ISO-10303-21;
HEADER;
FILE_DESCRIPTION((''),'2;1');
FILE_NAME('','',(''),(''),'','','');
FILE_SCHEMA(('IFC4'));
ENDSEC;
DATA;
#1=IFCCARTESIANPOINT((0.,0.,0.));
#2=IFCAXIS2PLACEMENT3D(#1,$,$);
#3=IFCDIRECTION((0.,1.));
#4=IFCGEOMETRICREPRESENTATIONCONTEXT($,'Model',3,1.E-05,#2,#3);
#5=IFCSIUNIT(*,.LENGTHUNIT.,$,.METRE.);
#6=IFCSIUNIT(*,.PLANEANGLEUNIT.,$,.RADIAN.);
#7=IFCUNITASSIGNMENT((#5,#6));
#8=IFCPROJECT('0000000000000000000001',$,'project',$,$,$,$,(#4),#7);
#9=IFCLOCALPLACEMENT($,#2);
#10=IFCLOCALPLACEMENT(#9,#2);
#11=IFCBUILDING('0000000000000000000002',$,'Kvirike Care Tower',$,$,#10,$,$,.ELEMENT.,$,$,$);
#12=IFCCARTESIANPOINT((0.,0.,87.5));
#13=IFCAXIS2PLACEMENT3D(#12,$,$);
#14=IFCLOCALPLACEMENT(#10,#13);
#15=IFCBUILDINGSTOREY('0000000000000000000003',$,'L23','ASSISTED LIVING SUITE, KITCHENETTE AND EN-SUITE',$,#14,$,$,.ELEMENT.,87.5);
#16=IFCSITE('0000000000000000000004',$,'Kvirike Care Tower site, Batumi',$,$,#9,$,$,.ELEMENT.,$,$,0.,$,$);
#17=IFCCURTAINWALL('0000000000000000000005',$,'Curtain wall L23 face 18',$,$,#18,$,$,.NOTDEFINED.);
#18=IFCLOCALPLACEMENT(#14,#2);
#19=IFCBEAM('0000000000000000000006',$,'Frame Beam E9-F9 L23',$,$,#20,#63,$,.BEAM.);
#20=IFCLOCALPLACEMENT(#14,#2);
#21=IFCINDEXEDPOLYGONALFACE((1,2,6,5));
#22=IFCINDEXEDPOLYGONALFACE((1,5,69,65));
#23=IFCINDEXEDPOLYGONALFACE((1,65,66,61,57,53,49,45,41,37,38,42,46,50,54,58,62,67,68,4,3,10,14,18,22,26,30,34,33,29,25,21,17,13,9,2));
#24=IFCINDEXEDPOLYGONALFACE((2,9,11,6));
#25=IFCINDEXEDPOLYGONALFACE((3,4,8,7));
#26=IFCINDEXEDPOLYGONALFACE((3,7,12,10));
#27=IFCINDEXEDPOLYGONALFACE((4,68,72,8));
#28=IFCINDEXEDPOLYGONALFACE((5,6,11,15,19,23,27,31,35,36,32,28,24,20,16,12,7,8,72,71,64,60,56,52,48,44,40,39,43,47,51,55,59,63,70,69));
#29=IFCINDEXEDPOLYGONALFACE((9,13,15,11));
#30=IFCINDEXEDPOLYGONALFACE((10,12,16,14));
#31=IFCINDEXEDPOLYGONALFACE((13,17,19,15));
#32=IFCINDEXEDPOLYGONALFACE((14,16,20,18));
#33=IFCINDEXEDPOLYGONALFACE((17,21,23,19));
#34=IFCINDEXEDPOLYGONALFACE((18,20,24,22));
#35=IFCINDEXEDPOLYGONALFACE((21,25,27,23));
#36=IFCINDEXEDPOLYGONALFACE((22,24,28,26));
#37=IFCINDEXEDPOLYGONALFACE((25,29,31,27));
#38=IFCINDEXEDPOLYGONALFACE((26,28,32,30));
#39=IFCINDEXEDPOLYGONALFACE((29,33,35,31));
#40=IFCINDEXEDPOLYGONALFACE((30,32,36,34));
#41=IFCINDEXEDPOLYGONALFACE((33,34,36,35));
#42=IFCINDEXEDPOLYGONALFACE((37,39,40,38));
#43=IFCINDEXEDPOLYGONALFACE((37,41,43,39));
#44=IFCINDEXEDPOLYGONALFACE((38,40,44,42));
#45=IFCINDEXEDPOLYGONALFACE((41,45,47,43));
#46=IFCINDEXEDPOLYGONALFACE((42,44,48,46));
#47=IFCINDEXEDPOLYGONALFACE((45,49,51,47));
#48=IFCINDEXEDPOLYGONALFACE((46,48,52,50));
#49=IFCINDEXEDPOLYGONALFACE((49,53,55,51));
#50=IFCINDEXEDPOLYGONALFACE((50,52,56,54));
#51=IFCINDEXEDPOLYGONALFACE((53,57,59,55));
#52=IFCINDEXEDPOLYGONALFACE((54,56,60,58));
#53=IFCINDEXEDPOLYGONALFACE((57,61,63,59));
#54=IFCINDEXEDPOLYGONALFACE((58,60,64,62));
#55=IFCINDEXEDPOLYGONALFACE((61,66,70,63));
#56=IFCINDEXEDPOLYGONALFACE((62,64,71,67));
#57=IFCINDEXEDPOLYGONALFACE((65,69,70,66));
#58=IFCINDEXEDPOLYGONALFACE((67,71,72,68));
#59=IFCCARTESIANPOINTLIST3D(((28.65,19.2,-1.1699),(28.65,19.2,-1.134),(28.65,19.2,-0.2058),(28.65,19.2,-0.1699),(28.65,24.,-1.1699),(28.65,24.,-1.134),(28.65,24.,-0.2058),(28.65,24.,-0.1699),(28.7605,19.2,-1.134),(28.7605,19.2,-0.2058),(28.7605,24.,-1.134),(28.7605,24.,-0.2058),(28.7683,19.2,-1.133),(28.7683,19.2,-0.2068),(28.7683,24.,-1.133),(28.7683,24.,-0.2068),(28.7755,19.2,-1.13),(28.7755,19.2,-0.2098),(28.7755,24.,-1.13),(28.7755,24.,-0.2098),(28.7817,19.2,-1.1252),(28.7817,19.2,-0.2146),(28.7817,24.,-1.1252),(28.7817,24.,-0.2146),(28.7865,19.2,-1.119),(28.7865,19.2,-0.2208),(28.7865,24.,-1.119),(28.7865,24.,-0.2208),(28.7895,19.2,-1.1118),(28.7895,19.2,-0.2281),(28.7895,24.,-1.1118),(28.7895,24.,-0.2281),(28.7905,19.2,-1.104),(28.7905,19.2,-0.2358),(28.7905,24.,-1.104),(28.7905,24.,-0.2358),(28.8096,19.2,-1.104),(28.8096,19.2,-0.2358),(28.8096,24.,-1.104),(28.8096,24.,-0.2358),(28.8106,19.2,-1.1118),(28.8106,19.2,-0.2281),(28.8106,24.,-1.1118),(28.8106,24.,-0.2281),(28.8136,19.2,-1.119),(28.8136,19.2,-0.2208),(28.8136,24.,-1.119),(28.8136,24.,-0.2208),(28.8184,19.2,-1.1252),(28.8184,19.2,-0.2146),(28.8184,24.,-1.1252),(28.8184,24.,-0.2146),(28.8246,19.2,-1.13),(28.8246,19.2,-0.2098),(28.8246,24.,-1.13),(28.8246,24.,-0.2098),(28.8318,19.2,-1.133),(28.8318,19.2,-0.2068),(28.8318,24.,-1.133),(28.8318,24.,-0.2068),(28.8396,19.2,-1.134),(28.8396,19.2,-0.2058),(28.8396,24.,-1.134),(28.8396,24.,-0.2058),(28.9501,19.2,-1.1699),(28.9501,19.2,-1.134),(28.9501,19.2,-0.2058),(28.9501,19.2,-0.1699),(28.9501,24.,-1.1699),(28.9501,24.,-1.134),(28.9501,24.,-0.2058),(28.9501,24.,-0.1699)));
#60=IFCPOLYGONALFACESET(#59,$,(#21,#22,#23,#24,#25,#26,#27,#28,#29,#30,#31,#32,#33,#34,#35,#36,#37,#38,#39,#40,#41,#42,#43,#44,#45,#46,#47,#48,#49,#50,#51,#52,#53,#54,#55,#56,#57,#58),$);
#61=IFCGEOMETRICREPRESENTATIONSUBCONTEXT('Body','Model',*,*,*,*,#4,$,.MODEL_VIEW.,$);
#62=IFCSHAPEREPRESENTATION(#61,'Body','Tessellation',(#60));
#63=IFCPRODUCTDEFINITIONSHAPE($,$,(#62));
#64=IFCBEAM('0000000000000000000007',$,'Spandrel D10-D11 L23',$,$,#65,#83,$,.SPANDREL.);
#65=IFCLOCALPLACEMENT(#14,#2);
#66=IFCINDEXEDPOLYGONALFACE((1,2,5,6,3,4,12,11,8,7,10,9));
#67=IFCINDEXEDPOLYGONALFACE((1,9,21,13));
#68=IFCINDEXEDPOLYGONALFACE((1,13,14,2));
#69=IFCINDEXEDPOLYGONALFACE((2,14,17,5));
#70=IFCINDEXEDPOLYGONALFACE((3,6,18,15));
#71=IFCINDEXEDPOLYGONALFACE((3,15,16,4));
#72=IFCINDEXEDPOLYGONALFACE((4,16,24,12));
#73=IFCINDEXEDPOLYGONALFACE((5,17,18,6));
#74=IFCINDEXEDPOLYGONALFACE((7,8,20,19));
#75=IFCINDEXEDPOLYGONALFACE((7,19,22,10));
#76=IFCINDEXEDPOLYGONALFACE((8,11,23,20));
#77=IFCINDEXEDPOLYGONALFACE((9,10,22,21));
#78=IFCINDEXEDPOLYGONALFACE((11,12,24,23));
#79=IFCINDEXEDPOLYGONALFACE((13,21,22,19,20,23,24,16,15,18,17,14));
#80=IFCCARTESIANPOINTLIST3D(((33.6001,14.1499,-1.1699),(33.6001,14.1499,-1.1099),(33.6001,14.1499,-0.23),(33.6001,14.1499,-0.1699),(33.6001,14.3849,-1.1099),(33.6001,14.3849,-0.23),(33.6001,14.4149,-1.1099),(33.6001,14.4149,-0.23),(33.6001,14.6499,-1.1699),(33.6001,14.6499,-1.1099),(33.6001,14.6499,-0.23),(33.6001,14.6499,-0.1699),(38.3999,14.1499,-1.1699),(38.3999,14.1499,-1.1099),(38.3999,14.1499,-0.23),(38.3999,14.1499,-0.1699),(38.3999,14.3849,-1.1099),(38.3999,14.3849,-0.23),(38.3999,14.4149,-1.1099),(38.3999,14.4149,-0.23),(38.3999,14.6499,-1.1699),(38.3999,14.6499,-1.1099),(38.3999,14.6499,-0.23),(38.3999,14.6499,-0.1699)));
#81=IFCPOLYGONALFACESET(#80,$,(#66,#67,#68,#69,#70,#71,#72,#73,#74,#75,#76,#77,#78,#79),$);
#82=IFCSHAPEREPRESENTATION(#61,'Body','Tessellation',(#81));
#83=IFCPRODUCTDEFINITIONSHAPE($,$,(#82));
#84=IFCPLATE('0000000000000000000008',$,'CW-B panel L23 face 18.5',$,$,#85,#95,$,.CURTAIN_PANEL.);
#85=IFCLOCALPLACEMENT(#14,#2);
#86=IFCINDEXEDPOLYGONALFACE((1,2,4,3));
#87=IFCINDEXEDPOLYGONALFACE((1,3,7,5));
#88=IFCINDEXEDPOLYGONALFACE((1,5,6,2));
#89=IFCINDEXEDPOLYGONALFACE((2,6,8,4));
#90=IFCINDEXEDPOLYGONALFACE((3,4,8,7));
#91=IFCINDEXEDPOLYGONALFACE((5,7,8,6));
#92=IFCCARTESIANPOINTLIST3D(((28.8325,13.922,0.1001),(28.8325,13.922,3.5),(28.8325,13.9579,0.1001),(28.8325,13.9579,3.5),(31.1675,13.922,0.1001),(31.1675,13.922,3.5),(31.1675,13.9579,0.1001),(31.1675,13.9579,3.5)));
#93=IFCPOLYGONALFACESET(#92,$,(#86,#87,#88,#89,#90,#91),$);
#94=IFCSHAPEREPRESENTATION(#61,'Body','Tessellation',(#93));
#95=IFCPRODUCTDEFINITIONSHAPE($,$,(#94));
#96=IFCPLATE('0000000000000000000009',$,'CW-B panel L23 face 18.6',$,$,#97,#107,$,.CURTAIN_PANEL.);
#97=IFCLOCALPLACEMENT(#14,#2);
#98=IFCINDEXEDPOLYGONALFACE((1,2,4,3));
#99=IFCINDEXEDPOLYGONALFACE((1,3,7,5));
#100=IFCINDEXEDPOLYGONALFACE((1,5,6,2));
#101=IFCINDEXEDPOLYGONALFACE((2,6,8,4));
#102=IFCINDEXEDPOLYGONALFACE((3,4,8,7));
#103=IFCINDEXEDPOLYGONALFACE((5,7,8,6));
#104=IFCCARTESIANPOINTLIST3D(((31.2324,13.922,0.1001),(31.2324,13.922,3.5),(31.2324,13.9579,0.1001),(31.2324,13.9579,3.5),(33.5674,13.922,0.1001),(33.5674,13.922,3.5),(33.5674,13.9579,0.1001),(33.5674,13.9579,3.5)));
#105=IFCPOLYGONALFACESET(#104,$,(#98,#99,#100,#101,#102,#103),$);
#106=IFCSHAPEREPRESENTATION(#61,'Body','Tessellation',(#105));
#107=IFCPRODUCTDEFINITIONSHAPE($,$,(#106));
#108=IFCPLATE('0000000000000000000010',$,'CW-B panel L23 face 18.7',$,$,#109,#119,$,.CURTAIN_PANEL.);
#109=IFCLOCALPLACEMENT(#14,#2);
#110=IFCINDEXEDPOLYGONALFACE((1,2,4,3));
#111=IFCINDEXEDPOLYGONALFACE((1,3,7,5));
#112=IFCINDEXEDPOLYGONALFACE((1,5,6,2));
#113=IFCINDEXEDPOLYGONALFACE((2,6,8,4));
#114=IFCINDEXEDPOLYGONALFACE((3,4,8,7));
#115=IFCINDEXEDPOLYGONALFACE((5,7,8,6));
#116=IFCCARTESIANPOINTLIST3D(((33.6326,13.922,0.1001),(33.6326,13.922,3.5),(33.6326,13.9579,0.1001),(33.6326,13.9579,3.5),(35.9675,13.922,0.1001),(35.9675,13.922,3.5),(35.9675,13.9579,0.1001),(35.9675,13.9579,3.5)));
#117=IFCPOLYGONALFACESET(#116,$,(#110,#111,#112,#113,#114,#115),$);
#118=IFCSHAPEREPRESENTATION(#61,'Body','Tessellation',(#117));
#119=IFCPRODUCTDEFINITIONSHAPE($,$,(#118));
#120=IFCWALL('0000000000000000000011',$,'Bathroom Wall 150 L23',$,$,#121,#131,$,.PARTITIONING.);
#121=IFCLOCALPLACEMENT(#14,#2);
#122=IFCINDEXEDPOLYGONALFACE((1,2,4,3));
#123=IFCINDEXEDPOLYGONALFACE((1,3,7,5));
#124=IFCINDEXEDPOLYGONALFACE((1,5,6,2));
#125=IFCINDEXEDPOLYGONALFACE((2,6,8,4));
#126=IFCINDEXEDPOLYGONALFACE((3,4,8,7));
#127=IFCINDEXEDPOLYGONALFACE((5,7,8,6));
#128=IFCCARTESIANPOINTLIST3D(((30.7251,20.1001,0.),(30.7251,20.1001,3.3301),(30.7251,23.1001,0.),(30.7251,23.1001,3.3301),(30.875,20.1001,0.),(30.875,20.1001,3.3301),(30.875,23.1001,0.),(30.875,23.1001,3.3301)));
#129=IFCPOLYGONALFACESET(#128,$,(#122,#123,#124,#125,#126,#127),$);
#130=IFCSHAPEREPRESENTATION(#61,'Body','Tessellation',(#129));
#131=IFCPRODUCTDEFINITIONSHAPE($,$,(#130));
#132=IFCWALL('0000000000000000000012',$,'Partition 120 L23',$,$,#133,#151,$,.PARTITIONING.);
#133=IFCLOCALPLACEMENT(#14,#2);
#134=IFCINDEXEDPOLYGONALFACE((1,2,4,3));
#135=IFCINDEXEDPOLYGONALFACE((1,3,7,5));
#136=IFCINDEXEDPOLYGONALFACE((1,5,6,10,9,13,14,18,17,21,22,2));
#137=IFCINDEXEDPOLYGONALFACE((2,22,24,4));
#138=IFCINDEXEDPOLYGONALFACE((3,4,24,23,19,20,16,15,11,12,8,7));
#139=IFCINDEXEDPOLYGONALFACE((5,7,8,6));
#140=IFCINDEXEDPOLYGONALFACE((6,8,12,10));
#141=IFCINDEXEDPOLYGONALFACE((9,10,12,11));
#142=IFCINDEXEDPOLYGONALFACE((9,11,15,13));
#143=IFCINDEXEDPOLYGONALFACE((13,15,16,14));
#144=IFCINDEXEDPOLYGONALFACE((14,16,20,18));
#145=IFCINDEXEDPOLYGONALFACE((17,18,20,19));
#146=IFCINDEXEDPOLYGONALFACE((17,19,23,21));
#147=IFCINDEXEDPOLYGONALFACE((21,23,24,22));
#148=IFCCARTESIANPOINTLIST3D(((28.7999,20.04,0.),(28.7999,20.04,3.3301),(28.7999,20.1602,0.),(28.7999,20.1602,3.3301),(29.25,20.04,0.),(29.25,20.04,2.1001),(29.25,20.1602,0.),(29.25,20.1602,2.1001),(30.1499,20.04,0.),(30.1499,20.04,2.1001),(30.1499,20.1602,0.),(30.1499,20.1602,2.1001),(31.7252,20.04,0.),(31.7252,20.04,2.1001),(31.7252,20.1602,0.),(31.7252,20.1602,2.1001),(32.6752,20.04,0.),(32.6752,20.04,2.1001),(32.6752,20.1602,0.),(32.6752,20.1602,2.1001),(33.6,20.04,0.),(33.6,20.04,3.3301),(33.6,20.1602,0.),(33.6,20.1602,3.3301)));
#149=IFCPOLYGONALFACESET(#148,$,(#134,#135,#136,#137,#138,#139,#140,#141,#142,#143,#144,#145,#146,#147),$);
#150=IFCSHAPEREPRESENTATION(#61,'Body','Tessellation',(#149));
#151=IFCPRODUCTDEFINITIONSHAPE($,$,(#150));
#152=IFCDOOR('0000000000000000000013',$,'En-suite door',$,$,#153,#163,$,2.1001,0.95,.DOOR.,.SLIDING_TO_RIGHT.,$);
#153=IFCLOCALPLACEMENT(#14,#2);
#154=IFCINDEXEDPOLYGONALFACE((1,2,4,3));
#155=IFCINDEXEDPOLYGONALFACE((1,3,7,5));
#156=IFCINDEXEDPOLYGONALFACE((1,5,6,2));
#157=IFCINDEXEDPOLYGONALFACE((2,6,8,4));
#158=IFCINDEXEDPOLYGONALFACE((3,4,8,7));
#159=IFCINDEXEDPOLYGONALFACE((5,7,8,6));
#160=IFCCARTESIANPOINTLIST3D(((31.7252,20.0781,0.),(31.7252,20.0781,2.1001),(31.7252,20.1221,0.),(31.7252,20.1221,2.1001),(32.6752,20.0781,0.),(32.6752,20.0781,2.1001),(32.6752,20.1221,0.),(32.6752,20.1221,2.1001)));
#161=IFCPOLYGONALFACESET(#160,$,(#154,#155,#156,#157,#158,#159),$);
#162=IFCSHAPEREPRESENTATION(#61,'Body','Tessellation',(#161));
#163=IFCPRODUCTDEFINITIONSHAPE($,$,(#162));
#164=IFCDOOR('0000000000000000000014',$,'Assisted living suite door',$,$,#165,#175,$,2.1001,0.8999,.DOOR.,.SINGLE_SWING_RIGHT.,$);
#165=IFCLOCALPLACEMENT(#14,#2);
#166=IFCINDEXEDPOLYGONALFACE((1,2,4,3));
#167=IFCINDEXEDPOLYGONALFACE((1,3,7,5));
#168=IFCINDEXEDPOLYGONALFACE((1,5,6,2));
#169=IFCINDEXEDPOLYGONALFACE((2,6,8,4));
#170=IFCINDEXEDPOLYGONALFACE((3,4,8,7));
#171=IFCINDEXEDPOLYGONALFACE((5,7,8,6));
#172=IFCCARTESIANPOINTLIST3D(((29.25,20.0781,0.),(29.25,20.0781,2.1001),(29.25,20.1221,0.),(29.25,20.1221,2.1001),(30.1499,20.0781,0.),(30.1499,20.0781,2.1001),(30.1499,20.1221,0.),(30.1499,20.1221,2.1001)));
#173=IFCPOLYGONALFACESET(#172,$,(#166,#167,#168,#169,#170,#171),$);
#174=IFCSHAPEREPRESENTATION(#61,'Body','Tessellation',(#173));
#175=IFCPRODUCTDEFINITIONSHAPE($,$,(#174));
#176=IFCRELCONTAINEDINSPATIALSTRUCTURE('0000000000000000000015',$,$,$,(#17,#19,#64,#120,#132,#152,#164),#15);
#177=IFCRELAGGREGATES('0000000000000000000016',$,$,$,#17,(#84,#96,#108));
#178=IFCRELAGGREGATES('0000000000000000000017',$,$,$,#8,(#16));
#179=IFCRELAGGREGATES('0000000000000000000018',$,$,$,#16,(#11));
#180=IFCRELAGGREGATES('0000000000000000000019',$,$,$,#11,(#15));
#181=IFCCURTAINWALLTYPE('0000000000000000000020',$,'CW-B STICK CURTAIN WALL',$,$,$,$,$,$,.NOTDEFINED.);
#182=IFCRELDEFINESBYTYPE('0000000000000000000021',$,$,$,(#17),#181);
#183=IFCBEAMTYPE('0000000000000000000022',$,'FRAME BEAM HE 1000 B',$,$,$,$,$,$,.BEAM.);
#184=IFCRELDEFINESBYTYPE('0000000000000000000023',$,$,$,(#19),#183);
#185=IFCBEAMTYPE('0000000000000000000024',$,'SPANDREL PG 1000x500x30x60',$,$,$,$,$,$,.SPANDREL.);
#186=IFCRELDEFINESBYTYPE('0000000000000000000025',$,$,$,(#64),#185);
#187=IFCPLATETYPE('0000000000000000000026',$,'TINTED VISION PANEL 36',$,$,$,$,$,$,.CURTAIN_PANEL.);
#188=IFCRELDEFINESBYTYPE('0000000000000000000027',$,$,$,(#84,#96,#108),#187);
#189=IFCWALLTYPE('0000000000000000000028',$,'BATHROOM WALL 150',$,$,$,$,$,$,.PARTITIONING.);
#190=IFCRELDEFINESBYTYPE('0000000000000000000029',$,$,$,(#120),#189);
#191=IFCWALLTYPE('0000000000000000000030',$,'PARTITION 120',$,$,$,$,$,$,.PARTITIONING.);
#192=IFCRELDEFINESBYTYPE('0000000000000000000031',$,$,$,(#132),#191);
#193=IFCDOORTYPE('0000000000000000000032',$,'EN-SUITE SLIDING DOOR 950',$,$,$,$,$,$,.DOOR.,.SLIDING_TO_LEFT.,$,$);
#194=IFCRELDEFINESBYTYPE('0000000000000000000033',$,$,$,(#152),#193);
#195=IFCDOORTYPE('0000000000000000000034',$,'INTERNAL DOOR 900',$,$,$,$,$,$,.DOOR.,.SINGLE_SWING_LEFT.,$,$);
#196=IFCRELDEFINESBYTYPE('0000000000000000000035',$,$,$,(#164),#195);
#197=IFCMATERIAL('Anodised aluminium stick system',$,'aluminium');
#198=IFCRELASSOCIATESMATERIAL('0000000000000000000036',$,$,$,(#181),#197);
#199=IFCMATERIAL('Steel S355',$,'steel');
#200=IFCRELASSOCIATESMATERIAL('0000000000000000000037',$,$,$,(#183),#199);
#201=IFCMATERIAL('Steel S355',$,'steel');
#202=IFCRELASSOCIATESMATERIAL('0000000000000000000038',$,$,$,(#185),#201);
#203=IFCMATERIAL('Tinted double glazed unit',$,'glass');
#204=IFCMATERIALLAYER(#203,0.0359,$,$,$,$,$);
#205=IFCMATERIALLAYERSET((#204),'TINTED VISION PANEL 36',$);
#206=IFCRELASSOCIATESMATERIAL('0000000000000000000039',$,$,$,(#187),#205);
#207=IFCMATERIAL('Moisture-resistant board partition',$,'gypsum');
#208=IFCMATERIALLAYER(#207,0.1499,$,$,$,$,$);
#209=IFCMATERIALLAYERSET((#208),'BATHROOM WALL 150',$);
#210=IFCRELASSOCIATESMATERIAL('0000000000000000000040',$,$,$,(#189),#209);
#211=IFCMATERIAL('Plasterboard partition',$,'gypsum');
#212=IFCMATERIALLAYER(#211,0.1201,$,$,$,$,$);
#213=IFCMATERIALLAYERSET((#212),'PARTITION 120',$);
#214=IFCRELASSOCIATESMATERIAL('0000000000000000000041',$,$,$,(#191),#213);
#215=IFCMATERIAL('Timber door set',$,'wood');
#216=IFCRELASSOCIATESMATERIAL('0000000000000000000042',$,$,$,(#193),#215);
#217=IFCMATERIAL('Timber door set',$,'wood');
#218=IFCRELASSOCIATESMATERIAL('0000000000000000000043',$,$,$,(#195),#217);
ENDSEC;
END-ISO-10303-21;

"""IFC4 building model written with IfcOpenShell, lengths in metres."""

from ifc_helpers import new_model, si_unit, direction, frame, frame_2d, origin, origin_2d, place, context, subcontext, project, spatial, rectangle, i_section, extrude, material, layer, layer_set, material_profile, profile_set, type_object, element, fill, aggregate, save


model = new_model("IFC4")

# Units and contexts
model_context = context("Model", 3, precision=1e-05, world=origin(), true_north=direction((0.0, 1.0)))
body_context = subcontext(model_context, "Body", "Model", "MODEL_VIEW")
ifc_project = project(units=[si_unit("LENGTHUNIT", "METRE"), si_unit("PLANEANGLEUNIT", "RADIAN")], contexts=[model_context])

# Site, building, storey
site_placement = place(None, origin())
site = spatial("IfcSite", under=ifc_project, at=site_placement, Name="Kvirike Care Tower site, Batumi", CompositionType="ELEMENT", RefElevation=0.0)
building_placement = place(site_placement, origin())
building = spatial("IfcBuilding", under=site, at=building_placement, Name="Kvirike Care Tower", CompositionType="ELEMENT")
storey_placement = place(building_placement, frame((0.0, 0.0, 87.5)))
storey = spatial("IfcBuildingStorey", under=building, at=storey_placement, Name="L23", Description="ASSISTED LIVING SUITE, KITCHENETTE AND EN-SUITE", CompositionType="ELEMENT", Elevation=87.5)

# Curtain wall
ifc_material_1 = material(Name="Anodised aluminium stick system", Category="aluminium")
curtain_wall_type = type_object("IfcCurtainWallType", Name="CW-B STICK CURTAIN WALL", PredefinedType="NOTDEFINED", material=ifc_material_1)
curtain_wall_placement = place(storey_placement, origin())
curtain_wall = element("IfcCurtainWall", 1, at=curtain_wall_placement, inside=storey, type_object=curtain_wall_type, Name="Curtain wall L23 face 18", PredefinedType="NOTDEFINED")

# Beams
ifc_material_2 = material(Name="Steel S355", Category="steel")
ifc_material_profile_1 = material_profile(ifc_material_2, i_section(OverallWidth=0.3, OverallDepth=1.0, WebThickness=0.019, FlangeThickness=0.0359, FilletRadius=0.03, at=origin_2d()), Name="HE 1000 B")
ifc_profile_set_1 = profile_set([ifc_material_profile_1], Name="Steel S355")
beam_type_1 = type_object("IfcBeamType", Name="FRAME BEAM HE 1000 B", PredefinedType="BEAM", material=ifc_profile_set_1)
beam_1_placement = place(storey_placement, frame((28.8, 19.2, -0.6699), z_axis=(0.0, 1.0, 0.0), x_axis=(-1.0, 0.0, 0.0)))
element("IfcBeam", 2, at=beam_1_placement, inside=storey, type_object=beam_type_1, Name="Frame Beam E9-F9 L23", PredefinedType="BEAM", context=body_context, shape_type="SweptSolid", body=[
    extrude(i_section(OverallWidth=0.3, OverallDepth=1.0, WebThickness=0.019, FlangeThickness=0.0359, FilletRadius=0.03, at=origin_2d()), origin(), (0.0, 0.0, 1.0), 4.8),
])
ifc_material_3 = material(Name="Steel S355", Category="steel")
ifc_material_profile_2 = material_profile(ifc_material_3, i_section(OverallWidth=0.5, OverallDepth=1.0, WebThickness=0.03, FlangeThickness=0.0601, at=origin_2d()), Name="PG 1000x500x30x60")
ifc_profile_set_2 = profile_set([ifc_material_profile_2], Name="Steel S355")
beam_type_2 = type_object("IfcBeamType", Name="SPANDREL PG 1000x500x30x60", PredefinedType="SPANDREL", material=ifc_profile_set_2)
beam_2_placement = place(storey_placement, frame((33.6001, 14.3999, -0.6699), z_axis=(1.0, 0.0, 0.0), x_axis=(0.0, 1.0, 0.0)))
element("IfcBeam", 3, at=beam_2_placement, inside=storey, type_object=beam_type_2, Name="Spandrel D10-D11 L23", PredefinedType="SPANDREL", context=body_context, shape_type="SweptSolid", body=[
    extrude(i_section(OverallWidth=0.5, OverallDepth=1.0, WebThickness=0.03, FlangeThickness=0.0601, at=origin_2d()), origin(), (0.0, 0.0, 1.0), 4.7998),
])

# Plates
ifc_material_4 = material(Name="Tinted double glazed unit", Category="glass")
ifc_layer_1 = layer(ifc_material_4, 0.0359)
ifc_layer_set_1 = layer_set([ifc_layer_1], Name="TINTED VISION PANEL 36")
plate_type = type_object("IfcPlateType", Name="TINTED VISION PANEL 36", PredefinedType="CURTAIN_PANEL", material=ifc_layer_set_1)
plate_1_placement = place(storey_placement, frame((30.0, 13.9399, 0.1001), z_axis=(0.0, 0.0, 1.0), x_axis=(1.0, 0.0, 0.0)))
plate_1 = element("IfcPlate", 4, at=plate_1_placement, type_object=plate_type, Name="CW-B panel L23 face 18.5", PredefinedType="CURTAIN_PANEL", context=body_context, shape_type="SweptSolid", body=[
    extrude(rectangle(XDim=2.335, YDim=0.0359, at=origin_2d()), origin(), (0.0, 0.0, 1.0), 3.3999),
])
plate_2_placement = place(storey_placement, frame((32.3999, 13.9399, 0.1001), z_axis=(0.0, 0.0, 1.0), x_axis=(1.0, 0.0, 0.0)))
plate_2 = element("IfcPlate", 5, at=plate_2_placement, type_object=plate_type, Name="CW-B panel L23 face 18.6", PredefinedType="CURTAIN_PANEL", context=body_context, shape_type="SweptSolid", body=[
    extrude(rectangle(XDim=2.335, YDim=0.0359, at=origin_2d()), origin(), (0.0, 0.0, 1.0), 3.3999),
])
plate_3_placement = place(storey_placement, frame((34.8, 13.9399, 0.1001), z_axis=(0.0, 0.0, 1.0), x_axis=(1.0, 0.0, 0.0)))
plate_3 = element("IfcPlate", 6, at=plate_3_placement, type_object=plate_type, Name="CW-B panel L23 face 18.7", PredefinedType="CURTAIN_PANEL", context=body_context, shape_type="SweptSolid", body=[
    extrude(rectangle(XDim=2.335, YDim=0.0359, at=origin_2d()), origin(), (0.0, 0.0, 1.0), 3.3999),
])
aggregate(curtain_wall, [plate_1, plate_2, plate_3])

# Wall
ifc_material_5 = material(Name="Moisture-resistant board partition", Category="gypsum")
ifc_layer_2 = layer(ifc_material_5, 0.1499)
ifc_layer_set_2 = layer_set([ifc_layer_2], Name="BATHROOM WALL 150")
wall_type_1 = type_object("IfcWallType", Name="BATHROOM WALL 150", PredefinedType="PARTITIONING", material=ifc_layer_set_2)
wall_1_placement = place(storey_placement, frame((30.8, 20.1001, 0.0), z_axis=(0.0, 0.0, 1.0), x_axis=(0.0, 1.0, 0.0)))
element("IfcWall", 7, at=wall_1_placement, inside=storey, type_object=wall_type_1, Name="Bathroom Wall 150 L23", PredefinedType="PARTITIONING", context=body_context, shape_type="SweptSolid", body=[
    extrude(rectangle(XDim=3.0, YDim=0.1499, at=frame_2d((1.5, 0.0))), origin(), (0.0, 0.0, 1.0), 3.3301),
])

# Wall, openings, doors
ifc_material_6 = material(Name="Plasterboard partition", Category="gypsum")
ifc_layer_3 = layer(ifc_material_6, 0.1201)
ifc_layer_set_3 = layer_set([ifc_layer_3], Name="PARTITION 120")
wall_type_2 = type_object("IfcWallType", Name="PARTITION 120", PredefinedType="PARTITIONING", material=ifc_layer_set_3)
wall_2_placement = place(storey_placement, frame((28.8, 20.1001, 0.0), z_axis=(0.0, 0.0, 1.0), x_axis=(1.0, 0.0, 0.0)))
wall_2 = element("IfcWall", 8, at=wall_2_placement, inside=storey, type_object=wall_type_2, Name="Partition 120 L23", PredefinedType="PARTITIONING", context=body_context, shape_type="SweptSolid", body=[
    extrude(rectangle(XDim=4.8, YDim=0.1201, at=frame_2d((2.3999, 0.0))), origin(), (0.0, 0.0, 1.0), 3.3301),
])
opening_1_placement = place(wall_2_placement, frame((0.45, 0.0, 0.0)))
opening_1 = element("IfcOpeningElement", 9, at=opening_1_placement, cuts=wall_2, PredefinedType="OPENING", context=body_context, shape_type="SweptSolid", body=[
    extrude(rectangle(XDim=0.8999, YDim=2.1001, at=frame_2d((0.45, 1.05))), frame((0.0, 0.0706, 0.0), z_axis=(0.0, -1.0, 0.0), x_axis=(1.0, 0.0, 0.0)), (0.0, 0.0, 1.0), 0.1411),
])
opening_2_placement = place(wall_2_placement, frame((2.925, 0.0, 0.0)))
opening_2 = element("IfcOpeningElement", 10, at=opening_2_placement, cuts=wall_2, PredefinedType="OPENING", context=body_context, shape_type="SweptSolid", body=[
    extrude(rectangle(XDim=0.95, YDim=2.1001, at=frame_2d((0.4751, 1.05))), frame((0.0, 0.0706, 0.0), z_axis=(0.0, -1.0, 0.0), x_axis=(1.0, 0.0, 0.0)), (0.0, 0.0, 1.0), 0.1411),
])
ifc_material_7 = material(Name="Timber door set", Category="wood")
door_type_1 = type_object("IfcDoorType", Name="EN-SUITE SLIDING DOOR 950", OperationType="SLIDING_TO_LEFT", PredefinedType="DOOR", material=ifc_material_7)
door_1_placement = place(opening_2_placement, origin())
door_1 = element("IfcDoor", 11, at=door_1_placement, inside=storey, type_object=door_type_1, Name="En-suite door", OperationType="SLIDING_TO_RIGHT", OverallHeight=2.1001, OverallWidth=0.95, PredefinedType="DOOR", context=body_context, shape_type="SweptSolid", body=[
    extrude(rectangle(XDim=0.95, YDim=2.1001, at=frame_2d((0.4751, 1.05))), frame((0.0, 0.022, 0.0), z_axis=(0.0, -1.0, 0.0), x_axis=(1.0, 0.0, 0.0)), (0.0, 0.0, 1.0), 0.0439),
])
fill(opening_2, door_1)
ifc_material_8 = material(Name="Timber door set", Category="wood")
door_type_2 = type_object("IfcDoorType", Name="INTERNAL DOOR 900", OperationType="SINGLE_SWING_LEFT", PredefinedType="DOOR", material=ifc_material_8)
door_2_placement = place(opening_1_placement, origin())
door_2 = element("IfcDoor", 12, at=door_2_placement, inside=storey, type_object=door_type_2, Name="Assisted living suite door", OperationType="SINGLE_SWING_RIGHT", OverallHeight=2.1001, OverallWidth=0.8999, PredefinedType="DOOR", context=body_context, shape_type="SweptSolid", body=[
    extrude(rectangle(XDim=0.8999, YDim=2.1001, at=frame_2d((0.45, 1.05))), frame((0.0, 0.022, 0.0), z_axis=(0.0, -1.0, 0.0), x_axis=(1.0, 0.0, 0.0)), (0.0, 0.0, 1.0), 0.0439),
])
fill(opening_1, door_2)

save(model, "model.ifc")
